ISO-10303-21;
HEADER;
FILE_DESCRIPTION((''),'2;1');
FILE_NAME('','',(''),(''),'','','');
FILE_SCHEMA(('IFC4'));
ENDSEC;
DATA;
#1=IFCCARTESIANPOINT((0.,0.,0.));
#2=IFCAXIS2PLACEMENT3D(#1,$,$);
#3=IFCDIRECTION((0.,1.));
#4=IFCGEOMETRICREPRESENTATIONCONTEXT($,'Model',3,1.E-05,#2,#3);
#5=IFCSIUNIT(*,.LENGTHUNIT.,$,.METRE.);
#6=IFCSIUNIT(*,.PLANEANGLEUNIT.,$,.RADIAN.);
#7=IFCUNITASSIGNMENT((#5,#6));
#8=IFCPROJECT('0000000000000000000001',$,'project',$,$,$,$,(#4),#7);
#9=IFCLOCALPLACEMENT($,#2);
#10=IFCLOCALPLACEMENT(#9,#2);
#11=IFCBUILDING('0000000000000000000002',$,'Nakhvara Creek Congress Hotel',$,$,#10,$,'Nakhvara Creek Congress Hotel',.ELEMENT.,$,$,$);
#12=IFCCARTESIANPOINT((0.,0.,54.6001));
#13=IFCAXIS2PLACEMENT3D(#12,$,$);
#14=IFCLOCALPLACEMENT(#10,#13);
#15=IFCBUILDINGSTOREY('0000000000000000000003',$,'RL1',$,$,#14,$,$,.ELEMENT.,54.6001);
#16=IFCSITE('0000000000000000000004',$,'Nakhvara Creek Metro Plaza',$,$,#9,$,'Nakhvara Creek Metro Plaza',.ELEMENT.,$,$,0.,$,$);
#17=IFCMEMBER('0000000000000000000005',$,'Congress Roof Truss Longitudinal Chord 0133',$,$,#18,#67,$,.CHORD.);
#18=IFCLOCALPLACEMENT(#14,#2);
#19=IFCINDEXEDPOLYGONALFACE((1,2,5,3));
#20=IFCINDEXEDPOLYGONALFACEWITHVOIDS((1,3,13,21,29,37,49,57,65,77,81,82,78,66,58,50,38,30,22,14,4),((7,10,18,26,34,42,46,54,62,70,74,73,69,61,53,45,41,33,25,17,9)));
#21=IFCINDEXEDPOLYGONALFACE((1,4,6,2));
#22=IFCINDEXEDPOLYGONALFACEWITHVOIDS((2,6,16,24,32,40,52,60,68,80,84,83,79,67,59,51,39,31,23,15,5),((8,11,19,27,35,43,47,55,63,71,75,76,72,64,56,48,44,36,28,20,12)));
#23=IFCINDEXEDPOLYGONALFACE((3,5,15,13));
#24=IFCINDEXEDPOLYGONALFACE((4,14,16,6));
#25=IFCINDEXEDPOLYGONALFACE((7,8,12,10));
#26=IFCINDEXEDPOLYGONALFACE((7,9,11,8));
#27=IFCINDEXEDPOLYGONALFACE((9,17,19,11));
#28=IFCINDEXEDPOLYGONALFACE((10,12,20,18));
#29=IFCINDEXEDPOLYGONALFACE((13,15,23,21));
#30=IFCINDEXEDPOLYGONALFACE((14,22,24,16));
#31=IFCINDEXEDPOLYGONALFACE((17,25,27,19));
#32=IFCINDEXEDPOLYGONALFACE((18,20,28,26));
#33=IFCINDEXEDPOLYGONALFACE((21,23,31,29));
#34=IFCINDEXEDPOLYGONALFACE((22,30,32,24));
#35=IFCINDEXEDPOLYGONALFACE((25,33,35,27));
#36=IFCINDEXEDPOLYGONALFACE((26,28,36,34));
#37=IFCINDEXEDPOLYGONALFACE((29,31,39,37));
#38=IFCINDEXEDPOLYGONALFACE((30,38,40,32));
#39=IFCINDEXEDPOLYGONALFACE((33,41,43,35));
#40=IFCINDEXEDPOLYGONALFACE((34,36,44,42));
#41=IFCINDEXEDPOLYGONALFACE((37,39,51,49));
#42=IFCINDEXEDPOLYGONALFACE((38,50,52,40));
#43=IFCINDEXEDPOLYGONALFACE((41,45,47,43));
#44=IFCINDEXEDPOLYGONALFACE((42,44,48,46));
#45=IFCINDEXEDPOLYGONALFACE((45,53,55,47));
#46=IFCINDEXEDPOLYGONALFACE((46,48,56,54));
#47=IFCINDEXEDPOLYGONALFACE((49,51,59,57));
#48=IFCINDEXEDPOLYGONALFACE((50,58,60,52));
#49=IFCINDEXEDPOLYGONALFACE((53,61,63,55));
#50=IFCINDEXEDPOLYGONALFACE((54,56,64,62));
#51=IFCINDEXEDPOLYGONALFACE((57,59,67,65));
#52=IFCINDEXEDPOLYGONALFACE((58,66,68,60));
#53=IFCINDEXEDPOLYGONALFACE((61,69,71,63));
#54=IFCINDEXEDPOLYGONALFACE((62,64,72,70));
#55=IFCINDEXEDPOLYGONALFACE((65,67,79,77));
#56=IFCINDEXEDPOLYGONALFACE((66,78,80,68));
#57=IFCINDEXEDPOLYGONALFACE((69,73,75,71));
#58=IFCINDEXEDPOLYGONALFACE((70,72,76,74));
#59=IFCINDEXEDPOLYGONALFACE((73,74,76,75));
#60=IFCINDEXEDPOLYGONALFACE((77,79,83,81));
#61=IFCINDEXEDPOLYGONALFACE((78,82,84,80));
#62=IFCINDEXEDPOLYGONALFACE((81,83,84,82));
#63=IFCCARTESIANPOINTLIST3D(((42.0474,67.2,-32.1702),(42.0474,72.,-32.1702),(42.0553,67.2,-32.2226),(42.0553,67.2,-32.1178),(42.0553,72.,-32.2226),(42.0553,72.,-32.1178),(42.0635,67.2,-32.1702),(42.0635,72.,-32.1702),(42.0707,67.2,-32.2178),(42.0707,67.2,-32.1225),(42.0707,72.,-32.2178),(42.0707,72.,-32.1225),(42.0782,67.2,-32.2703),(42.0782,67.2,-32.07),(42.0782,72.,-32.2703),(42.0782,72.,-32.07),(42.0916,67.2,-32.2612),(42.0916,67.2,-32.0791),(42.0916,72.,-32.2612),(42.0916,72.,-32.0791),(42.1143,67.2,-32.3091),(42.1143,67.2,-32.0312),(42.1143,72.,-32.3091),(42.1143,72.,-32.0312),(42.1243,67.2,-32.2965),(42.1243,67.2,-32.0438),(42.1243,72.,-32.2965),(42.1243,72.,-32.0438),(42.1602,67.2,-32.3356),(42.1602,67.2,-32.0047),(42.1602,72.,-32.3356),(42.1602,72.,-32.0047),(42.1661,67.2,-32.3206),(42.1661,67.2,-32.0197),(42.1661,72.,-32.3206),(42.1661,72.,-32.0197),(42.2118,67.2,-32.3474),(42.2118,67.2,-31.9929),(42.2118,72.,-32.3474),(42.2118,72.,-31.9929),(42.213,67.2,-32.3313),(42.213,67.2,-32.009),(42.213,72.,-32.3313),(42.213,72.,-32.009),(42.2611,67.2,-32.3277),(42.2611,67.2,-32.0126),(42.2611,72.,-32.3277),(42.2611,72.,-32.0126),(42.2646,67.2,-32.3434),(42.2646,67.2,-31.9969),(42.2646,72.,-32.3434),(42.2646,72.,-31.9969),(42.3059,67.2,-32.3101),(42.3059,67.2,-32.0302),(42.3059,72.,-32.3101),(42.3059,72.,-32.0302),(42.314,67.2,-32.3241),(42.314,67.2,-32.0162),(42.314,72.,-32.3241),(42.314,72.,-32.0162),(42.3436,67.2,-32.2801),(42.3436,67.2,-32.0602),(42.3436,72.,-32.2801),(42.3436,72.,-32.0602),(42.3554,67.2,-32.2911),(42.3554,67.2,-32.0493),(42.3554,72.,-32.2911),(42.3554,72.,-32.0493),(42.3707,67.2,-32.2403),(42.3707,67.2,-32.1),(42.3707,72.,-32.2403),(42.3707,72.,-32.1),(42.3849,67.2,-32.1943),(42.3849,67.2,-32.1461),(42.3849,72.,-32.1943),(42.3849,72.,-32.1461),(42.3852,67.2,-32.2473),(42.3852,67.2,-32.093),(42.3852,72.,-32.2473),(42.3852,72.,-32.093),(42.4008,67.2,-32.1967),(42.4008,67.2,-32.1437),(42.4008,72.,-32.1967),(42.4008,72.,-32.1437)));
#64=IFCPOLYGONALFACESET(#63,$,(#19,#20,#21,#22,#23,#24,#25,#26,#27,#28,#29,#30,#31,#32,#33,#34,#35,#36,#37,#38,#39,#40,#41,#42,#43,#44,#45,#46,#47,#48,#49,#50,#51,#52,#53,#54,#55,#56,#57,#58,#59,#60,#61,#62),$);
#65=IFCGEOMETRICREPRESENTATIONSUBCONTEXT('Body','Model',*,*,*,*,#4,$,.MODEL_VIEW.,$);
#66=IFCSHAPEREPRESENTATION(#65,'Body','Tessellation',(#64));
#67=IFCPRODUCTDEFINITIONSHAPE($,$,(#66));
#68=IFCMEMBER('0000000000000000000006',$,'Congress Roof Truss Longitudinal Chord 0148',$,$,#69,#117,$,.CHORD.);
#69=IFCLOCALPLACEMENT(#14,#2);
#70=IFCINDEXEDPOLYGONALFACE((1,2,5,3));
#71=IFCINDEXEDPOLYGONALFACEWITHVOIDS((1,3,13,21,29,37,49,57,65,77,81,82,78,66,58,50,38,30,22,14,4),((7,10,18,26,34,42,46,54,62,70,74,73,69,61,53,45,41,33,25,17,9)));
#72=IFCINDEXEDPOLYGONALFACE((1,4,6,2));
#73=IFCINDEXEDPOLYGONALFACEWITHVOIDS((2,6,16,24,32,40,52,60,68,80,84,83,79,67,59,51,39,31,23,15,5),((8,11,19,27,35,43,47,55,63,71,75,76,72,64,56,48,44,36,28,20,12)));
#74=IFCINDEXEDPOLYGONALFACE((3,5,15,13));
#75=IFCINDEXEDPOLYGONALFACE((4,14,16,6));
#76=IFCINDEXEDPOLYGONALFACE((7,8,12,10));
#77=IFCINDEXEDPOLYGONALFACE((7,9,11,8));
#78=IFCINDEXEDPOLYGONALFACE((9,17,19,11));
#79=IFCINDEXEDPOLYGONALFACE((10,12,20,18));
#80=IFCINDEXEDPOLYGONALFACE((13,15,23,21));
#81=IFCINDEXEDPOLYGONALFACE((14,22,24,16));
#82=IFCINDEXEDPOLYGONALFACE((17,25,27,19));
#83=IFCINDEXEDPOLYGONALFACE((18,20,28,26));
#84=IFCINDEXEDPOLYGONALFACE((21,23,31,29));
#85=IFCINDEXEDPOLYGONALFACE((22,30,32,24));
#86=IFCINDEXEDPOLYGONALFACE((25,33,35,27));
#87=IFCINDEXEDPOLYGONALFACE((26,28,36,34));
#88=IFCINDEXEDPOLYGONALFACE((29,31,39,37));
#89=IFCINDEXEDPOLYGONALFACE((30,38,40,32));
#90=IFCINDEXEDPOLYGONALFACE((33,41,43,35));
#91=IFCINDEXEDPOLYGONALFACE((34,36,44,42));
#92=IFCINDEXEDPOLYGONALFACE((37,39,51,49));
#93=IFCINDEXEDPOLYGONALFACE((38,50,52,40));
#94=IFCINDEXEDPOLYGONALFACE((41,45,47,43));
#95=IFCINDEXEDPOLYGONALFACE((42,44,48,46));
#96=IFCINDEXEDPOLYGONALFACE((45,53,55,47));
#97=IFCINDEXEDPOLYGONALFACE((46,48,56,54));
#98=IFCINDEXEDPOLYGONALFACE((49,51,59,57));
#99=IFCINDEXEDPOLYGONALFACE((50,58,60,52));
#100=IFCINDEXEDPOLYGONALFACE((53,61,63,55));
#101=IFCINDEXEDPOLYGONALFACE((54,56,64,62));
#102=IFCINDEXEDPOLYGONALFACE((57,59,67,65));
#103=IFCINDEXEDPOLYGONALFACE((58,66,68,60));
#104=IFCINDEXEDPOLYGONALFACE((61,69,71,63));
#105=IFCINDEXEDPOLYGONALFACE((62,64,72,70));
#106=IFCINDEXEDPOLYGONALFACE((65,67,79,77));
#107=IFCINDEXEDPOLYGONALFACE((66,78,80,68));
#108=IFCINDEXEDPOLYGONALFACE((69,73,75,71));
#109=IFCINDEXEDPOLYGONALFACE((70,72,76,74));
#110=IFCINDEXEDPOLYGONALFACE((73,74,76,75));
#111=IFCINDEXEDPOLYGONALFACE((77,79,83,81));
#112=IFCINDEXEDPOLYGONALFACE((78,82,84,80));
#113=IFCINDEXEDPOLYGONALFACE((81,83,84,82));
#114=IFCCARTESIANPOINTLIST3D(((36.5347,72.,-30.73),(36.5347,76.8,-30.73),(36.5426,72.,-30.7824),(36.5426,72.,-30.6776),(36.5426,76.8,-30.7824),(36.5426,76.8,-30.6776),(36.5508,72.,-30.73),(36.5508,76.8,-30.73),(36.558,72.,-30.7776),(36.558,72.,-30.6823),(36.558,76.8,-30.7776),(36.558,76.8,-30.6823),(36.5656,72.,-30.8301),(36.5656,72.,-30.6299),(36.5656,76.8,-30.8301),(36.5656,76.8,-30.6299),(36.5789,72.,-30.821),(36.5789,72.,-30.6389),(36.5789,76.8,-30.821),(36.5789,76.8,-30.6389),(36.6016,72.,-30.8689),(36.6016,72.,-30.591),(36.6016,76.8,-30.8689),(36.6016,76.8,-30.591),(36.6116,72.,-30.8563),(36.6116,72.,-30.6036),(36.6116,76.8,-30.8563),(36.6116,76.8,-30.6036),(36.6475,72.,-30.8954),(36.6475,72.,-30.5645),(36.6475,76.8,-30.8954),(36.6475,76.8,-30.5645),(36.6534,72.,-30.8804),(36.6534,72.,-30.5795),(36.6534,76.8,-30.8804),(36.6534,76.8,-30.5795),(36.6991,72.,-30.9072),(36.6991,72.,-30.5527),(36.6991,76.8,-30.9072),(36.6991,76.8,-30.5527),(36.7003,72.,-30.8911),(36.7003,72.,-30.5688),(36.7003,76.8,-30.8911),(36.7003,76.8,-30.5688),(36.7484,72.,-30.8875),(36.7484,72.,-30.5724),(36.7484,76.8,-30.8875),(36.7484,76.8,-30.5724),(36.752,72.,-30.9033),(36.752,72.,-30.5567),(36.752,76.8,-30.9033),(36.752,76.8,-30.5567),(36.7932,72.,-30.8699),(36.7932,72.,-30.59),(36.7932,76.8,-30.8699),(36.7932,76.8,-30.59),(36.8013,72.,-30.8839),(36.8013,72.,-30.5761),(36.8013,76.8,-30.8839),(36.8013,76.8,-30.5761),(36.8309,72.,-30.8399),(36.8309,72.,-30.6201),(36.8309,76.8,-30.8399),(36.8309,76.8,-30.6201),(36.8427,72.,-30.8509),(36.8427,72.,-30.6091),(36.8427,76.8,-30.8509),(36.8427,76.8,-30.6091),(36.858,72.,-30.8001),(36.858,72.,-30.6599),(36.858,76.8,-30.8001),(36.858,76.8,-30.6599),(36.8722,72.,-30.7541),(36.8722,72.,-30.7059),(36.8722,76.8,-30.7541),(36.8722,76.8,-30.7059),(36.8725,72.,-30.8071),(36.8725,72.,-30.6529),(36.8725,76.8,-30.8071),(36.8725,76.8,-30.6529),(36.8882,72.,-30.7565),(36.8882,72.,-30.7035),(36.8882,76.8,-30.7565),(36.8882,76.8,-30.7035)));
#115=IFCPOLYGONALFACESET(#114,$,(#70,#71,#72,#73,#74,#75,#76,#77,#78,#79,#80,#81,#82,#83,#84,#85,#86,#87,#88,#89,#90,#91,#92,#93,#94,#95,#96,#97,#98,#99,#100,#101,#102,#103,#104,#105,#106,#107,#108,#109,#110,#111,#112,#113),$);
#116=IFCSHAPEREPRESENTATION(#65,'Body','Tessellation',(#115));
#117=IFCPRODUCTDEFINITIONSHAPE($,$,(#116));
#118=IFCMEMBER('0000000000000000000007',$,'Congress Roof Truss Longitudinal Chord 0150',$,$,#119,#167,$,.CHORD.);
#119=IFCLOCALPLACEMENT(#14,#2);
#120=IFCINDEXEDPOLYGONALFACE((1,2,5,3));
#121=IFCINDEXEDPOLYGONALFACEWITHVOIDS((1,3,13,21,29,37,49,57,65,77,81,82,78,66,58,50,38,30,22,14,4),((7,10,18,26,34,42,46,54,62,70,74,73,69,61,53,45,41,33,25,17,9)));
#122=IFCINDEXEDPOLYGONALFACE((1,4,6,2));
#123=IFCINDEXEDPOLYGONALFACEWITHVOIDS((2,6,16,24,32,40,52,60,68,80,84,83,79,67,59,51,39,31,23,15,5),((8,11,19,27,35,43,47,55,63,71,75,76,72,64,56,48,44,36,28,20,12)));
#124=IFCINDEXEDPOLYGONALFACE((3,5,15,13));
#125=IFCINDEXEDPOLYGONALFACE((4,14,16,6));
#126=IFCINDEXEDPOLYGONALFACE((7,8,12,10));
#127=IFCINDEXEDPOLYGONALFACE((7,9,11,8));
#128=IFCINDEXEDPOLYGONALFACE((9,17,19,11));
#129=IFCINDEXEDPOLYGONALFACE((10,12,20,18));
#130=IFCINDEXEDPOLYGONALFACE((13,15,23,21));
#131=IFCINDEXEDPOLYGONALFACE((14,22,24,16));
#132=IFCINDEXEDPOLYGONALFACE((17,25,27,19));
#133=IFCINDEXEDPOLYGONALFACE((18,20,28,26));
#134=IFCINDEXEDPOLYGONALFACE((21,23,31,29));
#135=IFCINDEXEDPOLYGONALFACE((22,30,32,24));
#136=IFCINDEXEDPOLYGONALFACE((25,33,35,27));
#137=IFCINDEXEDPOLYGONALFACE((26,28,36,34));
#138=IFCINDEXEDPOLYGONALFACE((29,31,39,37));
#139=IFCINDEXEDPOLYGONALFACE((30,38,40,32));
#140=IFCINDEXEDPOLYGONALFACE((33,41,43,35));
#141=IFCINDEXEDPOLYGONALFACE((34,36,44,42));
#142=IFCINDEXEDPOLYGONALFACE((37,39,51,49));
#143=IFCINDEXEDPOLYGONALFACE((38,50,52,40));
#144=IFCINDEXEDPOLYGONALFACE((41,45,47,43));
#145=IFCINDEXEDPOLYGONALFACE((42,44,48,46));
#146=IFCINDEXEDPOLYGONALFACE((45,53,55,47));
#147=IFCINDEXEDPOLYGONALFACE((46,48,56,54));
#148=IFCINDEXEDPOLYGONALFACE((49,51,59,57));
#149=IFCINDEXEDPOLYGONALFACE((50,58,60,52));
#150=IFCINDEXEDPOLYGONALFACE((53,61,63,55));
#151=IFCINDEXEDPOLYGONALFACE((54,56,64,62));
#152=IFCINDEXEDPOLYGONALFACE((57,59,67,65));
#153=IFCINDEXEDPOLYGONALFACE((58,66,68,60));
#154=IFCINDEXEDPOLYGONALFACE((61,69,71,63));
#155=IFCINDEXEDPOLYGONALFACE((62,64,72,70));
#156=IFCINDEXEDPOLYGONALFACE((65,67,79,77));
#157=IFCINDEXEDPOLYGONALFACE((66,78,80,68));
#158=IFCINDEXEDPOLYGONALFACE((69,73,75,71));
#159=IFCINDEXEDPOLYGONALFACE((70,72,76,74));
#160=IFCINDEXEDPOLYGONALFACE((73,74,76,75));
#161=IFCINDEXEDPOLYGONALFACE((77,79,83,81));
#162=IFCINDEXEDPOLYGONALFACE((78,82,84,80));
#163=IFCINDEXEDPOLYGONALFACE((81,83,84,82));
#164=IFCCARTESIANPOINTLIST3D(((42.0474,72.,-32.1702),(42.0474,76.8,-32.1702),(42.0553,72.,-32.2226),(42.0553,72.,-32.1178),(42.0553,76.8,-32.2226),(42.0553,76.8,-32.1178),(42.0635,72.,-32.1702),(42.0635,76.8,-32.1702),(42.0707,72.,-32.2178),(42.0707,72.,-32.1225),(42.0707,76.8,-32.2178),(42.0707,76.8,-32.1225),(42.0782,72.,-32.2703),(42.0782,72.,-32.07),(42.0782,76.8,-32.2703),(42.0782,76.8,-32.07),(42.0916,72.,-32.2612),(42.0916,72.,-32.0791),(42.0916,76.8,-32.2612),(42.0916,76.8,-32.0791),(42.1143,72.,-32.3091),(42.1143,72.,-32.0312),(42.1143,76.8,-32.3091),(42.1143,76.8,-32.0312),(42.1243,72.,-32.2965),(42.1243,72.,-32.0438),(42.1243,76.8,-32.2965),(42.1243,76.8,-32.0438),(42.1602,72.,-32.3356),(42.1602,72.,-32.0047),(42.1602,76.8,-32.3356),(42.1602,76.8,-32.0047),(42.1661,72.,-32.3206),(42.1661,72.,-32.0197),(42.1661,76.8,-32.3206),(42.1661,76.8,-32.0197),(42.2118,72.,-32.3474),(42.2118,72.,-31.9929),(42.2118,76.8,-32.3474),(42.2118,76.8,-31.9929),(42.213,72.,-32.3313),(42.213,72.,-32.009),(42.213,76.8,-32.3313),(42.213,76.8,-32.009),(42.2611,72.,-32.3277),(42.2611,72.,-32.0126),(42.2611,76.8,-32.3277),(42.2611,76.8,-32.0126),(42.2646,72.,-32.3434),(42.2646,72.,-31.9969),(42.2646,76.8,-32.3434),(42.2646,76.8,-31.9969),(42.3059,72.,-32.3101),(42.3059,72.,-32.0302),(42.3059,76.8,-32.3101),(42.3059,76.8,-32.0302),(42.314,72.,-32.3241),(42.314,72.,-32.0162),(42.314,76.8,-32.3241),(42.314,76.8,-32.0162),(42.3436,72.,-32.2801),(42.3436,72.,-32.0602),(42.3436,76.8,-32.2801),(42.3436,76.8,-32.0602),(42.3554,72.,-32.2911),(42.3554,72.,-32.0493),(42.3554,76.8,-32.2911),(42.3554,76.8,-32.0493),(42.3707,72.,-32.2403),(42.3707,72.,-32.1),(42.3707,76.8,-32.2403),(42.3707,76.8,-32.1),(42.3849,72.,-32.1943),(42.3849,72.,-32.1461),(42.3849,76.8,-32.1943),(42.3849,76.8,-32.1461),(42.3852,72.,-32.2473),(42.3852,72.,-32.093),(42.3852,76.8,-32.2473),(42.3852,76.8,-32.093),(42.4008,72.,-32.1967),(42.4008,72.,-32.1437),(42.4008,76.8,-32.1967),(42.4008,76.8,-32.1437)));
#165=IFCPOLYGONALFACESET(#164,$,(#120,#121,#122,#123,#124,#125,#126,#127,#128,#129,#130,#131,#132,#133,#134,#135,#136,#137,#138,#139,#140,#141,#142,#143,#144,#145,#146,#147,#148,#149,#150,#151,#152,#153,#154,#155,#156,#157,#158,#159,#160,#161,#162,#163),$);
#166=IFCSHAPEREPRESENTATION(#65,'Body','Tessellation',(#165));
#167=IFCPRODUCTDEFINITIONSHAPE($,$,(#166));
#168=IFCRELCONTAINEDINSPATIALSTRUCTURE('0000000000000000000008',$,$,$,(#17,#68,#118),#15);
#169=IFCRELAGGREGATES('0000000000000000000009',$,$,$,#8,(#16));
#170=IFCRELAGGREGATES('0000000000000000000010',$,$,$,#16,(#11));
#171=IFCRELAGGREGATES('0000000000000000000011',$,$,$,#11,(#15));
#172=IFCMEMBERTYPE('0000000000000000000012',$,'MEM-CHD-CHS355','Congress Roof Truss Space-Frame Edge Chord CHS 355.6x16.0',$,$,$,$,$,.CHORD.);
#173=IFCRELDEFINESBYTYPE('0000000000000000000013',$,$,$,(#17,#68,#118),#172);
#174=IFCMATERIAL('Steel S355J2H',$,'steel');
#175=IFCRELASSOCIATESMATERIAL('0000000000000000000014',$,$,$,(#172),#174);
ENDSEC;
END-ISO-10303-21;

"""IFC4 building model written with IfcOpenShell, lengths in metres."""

from ifc_helpers import new_model, si_unit, direction, frame, origin, origin_2d, place, context, subcontext, project, spatial, hollow_circle, extrude, material, material_profile, profile_set, type_object, element, save


model = new_model("IFC4")

# Units and contexts
model_context = context("Model", 3, precision=1e-05, world=origin(), true_north=direction((0.0, 1.0)))
body_context = subcontext(model_context, "Body", "Model", "MODEL_VIEW")
ifc_project = project(units=[si_unit("LENGTHUNIT", "METRE"), si_unit("PLANEANGLEUNIT", "RADIAN")], contexts=[model_context])

# Site, building, storey
site_placement = place(None, origin())
site = spatial("IfcSite", under=ifc_project, at=site_placement, Name="Nakhvara Creek Metro Plaza", LongName="Nakhvara Creek Metro Plaza", CompositionType="ELEMENT", RefElevation=0.0)
building_placement = place(site_placement, origin())
building = spatial("IfcBuilding", under=site, at=building_placement, Name="Nakhvara Creek Congress Hotel", LongName="Nakhvara Creek Congress Hotel", CompositionType="ELEMENT")
storey_placement = place(building_placement, frame((0.0, 0.0, 54.6001)))
storey = spatial("IfcBuildingStorey", under=building, at=storey_placement, Name="RL1", CompositionType="ELEMENT", Elevation=54.6001)

# Members
ifc_material_1 = material(Name="Steel S355J2H", Category="steel")
ifc_material_profile_1 = material_profile(ifc_material_1, hollow_circle(Radius=0.1777, WallThickness=0.0161, at=origin_2d()), Name="CHS 355.6x16.0", Category="LoadBearing")
ifc_profile_set_1 = profile_set([ifc_material_profile_1], Name="Steel S355J2H")
member_type_1 = type_object("IfcMemberType", Name="MEM-CHD-CHS355", Description="Congress Roof Truss Space-Frame Edge Chord CHS 355.6x16.0", PredefinedType="CHORD", material=ifc_profile_set_1)
for number, where, z_axis, x_axis, name in (
    (1, (42.2251, 67.2, -32.1702), (0.0, 1.0, 0.0), (-1.0, 0.0, 0.0), "Congress Roof Truss Longitudinal Chord 0133"),
    (2, (36.7124, 72.0, -30.73), (0.0, 1.0, 0.0), (-1.0, 0.0, 0.0), "Congress Roof Truss Longitudinal Chord 0148"),
    (3, (42.2251, 72.0, -32.1702), (0.0, 1.0, 0.0), (-1.0, 0.0, 0.0), "Congress Roof Truss Longitudinal Chord 0150"),
):
    element("IfcMember", number, at=place(storey_placement, frame(where, z_axis=z_axis, x_axis=x_axis)), inside=storey, type_object=member_type_1, Name=name, PredefinedType="CHORD", context=body_context, shape_type="SweptSolid", body=[
        extrude(hollow_circle(Radius=0.1777, WallThickness=0.0161, at=origin_2d()), origin(), (0.0, 0.0, 1.0), 4.8),
    ])

save(model, "model.ifc")
